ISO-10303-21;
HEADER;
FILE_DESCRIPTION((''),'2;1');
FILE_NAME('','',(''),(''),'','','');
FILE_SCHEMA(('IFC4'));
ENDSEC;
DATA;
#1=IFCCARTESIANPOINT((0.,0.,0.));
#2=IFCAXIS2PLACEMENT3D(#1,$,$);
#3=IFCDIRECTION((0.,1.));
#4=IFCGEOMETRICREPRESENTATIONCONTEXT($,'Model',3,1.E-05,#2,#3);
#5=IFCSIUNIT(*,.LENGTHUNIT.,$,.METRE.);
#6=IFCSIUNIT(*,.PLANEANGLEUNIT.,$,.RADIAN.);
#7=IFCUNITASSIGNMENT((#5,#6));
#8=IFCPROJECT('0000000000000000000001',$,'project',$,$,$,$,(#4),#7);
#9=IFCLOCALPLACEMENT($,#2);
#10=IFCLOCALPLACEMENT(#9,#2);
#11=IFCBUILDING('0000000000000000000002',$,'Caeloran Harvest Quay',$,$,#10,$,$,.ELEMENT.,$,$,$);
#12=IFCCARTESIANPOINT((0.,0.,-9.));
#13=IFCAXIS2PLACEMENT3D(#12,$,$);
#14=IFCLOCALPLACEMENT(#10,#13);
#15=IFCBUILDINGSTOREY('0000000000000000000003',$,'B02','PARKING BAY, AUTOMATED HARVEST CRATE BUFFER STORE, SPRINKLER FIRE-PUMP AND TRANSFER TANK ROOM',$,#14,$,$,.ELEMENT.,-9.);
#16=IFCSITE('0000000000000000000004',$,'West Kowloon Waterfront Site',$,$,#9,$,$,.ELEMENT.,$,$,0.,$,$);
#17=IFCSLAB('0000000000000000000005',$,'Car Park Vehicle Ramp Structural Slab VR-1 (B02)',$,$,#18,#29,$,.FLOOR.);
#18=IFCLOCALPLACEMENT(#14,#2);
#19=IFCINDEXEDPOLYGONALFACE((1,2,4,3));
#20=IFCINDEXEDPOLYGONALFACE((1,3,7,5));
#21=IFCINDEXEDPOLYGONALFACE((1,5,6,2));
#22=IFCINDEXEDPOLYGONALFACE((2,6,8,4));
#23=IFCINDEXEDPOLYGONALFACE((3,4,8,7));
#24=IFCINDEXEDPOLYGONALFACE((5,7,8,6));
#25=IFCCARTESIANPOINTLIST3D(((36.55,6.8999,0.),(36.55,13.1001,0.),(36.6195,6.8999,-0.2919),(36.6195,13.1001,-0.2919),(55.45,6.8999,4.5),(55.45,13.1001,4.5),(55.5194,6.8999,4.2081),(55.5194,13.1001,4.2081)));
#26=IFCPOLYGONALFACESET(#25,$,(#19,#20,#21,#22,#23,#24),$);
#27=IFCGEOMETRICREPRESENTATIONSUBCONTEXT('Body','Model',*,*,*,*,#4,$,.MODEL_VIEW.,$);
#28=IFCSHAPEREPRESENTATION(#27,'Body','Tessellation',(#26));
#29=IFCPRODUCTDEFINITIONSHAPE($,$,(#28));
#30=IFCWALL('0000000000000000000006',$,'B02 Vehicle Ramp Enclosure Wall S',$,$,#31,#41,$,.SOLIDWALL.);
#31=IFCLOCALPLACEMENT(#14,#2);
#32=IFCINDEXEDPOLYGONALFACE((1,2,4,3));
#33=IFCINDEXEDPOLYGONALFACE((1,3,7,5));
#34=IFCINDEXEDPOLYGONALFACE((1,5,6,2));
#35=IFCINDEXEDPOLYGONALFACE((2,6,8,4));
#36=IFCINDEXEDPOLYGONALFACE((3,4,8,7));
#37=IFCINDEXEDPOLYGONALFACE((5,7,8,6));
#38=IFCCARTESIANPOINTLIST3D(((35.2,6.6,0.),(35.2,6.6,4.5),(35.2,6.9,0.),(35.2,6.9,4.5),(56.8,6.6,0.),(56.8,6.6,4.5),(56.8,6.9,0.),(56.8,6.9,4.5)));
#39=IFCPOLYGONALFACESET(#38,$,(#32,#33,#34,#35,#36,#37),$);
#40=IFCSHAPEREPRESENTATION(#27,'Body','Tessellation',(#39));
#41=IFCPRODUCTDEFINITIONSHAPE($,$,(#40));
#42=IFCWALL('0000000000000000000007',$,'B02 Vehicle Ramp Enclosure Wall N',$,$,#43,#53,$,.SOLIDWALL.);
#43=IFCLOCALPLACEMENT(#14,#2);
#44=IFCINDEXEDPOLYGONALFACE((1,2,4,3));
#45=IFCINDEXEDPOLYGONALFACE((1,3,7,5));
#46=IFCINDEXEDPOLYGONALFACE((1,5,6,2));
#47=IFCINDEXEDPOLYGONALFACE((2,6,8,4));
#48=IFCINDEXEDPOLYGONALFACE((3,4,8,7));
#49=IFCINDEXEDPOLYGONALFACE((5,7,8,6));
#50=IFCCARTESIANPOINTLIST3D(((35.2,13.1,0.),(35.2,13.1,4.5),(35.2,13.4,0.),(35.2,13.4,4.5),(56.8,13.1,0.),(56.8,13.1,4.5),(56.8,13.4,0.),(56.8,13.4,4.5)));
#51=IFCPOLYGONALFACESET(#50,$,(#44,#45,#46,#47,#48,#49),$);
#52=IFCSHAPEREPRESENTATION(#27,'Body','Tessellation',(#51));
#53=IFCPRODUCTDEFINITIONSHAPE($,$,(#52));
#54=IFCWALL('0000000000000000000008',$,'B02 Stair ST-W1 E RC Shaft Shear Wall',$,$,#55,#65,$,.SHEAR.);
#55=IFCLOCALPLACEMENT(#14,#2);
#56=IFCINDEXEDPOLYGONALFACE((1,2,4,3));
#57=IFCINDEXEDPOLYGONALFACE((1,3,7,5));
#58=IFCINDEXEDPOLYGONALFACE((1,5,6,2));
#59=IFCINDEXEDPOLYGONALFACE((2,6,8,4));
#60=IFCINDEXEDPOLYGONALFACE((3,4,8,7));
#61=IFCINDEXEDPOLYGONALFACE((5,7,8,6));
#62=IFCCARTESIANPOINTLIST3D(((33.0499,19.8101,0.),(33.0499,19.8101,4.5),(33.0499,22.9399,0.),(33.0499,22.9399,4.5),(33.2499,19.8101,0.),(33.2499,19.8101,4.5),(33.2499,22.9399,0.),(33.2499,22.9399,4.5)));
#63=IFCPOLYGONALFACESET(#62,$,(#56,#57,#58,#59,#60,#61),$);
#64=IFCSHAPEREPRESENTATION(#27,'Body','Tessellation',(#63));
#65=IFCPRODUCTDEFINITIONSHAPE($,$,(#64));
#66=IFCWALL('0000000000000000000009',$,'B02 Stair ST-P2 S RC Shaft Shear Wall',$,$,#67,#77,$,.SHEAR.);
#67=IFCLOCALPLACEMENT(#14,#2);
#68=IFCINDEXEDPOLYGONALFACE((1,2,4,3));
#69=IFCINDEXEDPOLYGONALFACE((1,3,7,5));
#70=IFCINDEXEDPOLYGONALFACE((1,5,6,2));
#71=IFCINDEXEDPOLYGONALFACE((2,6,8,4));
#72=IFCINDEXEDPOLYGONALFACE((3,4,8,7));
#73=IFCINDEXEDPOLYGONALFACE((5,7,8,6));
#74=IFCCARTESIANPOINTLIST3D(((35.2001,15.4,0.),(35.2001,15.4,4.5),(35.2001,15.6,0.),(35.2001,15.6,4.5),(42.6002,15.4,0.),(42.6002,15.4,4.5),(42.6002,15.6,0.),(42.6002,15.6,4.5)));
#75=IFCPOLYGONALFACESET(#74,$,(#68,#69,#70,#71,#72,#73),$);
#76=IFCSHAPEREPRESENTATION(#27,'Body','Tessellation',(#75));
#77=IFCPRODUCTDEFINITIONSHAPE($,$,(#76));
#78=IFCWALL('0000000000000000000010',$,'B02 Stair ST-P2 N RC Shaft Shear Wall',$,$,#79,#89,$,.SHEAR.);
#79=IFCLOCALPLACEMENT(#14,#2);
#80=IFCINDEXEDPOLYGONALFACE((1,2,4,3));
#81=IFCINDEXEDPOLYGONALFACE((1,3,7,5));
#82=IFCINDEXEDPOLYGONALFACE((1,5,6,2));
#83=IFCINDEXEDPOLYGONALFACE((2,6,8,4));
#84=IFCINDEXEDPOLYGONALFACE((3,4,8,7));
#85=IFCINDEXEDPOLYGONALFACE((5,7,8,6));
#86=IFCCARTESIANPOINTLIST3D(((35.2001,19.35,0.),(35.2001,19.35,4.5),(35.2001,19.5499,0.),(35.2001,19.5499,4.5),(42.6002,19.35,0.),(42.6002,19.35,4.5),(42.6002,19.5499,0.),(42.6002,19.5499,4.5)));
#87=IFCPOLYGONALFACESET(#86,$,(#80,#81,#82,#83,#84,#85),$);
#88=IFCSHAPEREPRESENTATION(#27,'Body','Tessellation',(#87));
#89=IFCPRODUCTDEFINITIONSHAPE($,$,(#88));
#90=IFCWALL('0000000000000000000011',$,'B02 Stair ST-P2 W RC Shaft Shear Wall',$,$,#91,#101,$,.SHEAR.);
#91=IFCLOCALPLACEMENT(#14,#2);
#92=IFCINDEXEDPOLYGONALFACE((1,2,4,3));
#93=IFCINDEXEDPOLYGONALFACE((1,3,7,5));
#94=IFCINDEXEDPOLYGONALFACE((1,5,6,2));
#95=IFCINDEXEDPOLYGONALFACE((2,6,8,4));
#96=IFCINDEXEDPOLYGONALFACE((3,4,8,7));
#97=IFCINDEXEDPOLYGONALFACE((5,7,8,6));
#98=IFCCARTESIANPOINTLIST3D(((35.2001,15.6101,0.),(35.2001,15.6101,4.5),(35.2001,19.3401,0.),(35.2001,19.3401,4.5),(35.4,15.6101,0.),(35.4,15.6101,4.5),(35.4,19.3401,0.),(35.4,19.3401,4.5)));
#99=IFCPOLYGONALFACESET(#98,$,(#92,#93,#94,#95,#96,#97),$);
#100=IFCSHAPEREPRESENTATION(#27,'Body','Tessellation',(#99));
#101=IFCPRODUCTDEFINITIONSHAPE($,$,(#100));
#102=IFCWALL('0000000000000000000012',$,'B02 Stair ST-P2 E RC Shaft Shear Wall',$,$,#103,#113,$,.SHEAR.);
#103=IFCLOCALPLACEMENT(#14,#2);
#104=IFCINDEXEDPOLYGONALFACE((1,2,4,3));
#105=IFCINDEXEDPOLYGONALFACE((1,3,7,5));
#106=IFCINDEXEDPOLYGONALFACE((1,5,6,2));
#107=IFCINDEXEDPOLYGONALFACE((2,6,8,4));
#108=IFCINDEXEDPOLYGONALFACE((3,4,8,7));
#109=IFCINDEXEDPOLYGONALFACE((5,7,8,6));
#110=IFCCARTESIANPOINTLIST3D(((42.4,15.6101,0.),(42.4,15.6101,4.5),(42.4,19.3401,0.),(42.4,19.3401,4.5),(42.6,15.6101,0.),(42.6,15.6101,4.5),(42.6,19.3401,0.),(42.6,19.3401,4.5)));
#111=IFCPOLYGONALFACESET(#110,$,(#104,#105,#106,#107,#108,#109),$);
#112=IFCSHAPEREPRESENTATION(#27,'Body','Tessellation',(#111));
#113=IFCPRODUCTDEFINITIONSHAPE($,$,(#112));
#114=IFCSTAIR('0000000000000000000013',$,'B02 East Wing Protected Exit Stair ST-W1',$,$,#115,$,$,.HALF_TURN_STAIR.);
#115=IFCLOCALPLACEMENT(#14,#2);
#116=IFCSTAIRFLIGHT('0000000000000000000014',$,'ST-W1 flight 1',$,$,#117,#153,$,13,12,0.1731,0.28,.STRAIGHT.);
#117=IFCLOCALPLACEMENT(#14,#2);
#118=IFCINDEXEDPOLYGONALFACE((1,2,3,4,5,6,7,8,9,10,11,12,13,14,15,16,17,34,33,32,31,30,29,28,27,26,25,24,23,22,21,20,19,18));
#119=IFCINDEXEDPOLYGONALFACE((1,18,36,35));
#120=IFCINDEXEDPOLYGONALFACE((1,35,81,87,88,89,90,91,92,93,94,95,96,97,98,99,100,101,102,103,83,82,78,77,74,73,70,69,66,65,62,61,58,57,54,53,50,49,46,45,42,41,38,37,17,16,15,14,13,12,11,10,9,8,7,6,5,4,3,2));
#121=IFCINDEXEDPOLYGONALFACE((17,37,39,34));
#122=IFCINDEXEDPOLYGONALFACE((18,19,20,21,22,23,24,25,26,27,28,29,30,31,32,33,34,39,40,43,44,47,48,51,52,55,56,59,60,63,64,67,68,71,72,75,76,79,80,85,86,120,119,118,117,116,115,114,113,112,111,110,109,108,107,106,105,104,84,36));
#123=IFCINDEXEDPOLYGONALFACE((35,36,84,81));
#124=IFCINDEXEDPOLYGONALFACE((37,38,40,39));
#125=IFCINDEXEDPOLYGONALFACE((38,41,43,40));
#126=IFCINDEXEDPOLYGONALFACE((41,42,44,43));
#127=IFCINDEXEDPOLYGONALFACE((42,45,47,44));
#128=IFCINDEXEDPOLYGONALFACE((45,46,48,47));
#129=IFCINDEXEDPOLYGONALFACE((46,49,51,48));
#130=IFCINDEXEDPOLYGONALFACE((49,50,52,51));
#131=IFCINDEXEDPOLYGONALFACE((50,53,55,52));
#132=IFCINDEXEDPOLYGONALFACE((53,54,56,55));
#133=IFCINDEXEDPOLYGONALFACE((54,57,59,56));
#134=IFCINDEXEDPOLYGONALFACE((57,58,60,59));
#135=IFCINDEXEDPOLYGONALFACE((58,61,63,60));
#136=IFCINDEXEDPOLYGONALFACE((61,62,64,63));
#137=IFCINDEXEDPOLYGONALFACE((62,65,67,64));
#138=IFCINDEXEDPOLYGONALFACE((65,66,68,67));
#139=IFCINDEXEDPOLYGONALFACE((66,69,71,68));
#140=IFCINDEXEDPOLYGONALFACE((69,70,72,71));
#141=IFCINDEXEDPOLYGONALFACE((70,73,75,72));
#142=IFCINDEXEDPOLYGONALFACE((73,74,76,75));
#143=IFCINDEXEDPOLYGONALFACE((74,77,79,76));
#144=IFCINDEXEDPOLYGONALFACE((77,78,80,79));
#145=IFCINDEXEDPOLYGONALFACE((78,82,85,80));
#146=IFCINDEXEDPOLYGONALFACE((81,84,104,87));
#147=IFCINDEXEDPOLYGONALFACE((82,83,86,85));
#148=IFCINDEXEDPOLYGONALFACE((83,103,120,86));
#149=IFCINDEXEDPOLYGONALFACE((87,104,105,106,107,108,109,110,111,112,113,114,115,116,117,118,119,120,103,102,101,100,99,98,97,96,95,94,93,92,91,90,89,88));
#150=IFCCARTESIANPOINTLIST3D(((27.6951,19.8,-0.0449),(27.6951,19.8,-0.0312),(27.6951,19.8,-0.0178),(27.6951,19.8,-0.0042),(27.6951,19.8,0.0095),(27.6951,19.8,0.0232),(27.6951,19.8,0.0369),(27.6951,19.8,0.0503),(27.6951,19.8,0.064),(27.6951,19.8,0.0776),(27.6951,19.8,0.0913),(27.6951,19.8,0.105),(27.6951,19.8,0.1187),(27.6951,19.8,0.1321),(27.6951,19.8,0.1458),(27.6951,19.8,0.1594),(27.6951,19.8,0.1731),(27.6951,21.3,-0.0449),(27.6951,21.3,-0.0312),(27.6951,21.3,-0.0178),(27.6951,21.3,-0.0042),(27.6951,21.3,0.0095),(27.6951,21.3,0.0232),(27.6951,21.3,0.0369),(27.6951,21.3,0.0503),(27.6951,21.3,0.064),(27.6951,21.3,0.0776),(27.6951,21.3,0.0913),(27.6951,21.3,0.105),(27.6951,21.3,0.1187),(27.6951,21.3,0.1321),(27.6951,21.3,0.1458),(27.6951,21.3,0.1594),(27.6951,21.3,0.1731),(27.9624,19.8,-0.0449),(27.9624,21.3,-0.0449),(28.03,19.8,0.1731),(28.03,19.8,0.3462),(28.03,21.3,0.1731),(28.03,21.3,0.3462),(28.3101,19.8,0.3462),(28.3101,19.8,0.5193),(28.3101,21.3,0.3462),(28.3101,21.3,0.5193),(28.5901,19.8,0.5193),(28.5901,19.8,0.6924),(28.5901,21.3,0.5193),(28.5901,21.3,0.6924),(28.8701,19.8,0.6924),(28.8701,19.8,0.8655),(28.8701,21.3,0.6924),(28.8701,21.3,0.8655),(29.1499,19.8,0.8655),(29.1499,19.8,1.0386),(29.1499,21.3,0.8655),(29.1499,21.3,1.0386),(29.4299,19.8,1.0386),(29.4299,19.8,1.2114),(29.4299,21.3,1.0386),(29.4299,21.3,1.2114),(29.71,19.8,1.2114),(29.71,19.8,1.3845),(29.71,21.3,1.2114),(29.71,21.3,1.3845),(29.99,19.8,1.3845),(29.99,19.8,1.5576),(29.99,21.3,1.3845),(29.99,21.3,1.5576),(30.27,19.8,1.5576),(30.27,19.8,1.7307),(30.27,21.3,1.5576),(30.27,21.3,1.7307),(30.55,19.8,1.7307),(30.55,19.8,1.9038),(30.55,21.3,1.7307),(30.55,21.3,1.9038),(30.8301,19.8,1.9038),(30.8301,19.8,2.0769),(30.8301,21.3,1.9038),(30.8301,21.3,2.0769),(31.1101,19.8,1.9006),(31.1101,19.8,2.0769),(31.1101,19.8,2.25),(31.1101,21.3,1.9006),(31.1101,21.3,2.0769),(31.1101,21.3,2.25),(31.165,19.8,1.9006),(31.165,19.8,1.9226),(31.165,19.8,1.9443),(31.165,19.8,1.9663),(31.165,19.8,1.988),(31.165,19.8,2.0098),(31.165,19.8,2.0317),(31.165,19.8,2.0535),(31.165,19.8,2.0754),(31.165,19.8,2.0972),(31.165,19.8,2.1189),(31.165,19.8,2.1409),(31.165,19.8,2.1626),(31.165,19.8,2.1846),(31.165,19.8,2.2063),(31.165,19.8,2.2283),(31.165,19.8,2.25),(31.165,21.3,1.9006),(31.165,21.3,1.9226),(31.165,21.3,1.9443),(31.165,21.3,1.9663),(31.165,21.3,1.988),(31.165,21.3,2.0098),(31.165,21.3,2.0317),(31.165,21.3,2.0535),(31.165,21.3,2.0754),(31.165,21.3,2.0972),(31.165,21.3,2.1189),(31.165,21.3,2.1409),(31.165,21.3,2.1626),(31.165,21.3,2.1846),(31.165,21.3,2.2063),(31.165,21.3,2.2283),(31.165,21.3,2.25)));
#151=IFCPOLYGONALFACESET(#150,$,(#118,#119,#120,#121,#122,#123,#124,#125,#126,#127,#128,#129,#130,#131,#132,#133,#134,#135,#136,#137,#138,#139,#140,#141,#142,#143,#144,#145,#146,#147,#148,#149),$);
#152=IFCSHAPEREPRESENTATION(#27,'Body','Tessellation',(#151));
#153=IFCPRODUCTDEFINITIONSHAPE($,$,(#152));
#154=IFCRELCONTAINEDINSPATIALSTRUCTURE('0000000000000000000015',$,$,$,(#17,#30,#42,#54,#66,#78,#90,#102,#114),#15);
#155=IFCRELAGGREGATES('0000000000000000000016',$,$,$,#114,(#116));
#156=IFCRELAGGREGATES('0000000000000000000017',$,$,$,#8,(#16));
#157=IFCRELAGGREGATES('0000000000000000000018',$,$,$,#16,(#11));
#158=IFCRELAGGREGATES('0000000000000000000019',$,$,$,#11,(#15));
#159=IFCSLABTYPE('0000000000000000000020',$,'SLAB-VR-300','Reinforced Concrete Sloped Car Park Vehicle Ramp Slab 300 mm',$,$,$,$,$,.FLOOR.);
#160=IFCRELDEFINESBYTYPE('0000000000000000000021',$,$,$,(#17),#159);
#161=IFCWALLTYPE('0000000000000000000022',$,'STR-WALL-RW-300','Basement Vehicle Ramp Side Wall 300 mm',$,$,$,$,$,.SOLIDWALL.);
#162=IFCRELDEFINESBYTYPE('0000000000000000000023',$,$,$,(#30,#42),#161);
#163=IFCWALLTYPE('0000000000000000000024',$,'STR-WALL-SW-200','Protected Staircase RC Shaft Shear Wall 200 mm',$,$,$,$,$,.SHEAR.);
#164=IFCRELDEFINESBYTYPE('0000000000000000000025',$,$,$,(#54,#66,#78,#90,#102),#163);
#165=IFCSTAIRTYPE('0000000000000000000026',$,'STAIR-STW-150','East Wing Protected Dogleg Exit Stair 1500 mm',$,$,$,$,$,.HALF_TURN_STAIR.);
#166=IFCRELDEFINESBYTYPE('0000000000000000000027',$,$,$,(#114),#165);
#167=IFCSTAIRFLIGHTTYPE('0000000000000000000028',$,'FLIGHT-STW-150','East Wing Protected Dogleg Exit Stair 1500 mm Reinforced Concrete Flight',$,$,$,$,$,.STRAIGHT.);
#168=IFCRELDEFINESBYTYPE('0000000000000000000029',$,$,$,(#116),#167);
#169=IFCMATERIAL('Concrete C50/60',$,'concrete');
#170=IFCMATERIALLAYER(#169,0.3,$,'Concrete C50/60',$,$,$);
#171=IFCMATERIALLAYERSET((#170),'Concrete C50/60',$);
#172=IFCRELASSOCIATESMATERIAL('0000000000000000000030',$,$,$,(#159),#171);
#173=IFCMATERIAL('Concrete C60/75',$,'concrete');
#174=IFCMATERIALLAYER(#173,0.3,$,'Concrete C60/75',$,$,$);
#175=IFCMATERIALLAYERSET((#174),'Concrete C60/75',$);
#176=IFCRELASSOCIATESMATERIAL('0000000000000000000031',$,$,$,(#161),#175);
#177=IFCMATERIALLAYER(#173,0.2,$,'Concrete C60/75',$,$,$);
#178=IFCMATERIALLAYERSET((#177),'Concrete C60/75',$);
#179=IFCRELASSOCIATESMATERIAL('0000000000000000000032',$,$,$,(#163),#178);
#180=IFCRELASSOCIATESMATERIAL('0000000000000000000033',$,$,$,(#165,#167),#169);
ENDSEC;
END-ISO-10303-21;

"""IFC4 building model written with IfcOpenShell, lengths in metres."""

from ifc_helpers import new_model, si_unit, direction, frame, frame_2d, origin, place, context, subcontext, project, spatial, polyline, rectangle, outline, extrude, material, layer, layer_set, type_object, element, aggregate, save


model = new_model("IFC4")

# Units and contexts
model_context = context("Model", 3, precision=1e-05, world=origin(), true_north=direction((0.0, 1.0)))
body_context = subcontext(model_context, "Body", "Model", "MODEL_VIEW")
ifc_project = project(units=[si_unit("LENGTHUNIT", "METRE"), si_unit("PLANEANGLEUNIT", "RADIAN")], contexts=[model_context])

# Site, building, storey
site_placement = place(None, origin())
site = spatial("IfcSite", under=ifc_project, at=site_placement, Name="West Kowloon Waterfront Site", CompositionType="ELEMENT", RefElevation=0.0)
building_placement = place(site_placement, origin())
building = spatial("IfcBuilding", under=site, at=building_placement, Name="Caeloran Harvest Quay", CompositionType="ELEMENT")
storey_placement = place(building_placement, frame((0.0, 0.0, -9.0)))
storey = spatial("IfcBuildingStorey", under=building, at=storey_placement, Name="B02", Description="PARKING BAY, AUTOMATED HARVEST CRATE BUFFER STORE, SPRINKLER FIRE-PUMP AND TRANSFER TANK ROOM", CompositionType="ELEMENT", Elevation=-9.0)

# Shared definitions
ifc_material_1 = material(Name="Concrete C60/75", Category="concrete")

# Slab
ifc_material_2 = material(Name="Concrete C50/60", Category="concrete")
ifc_layer_1 = layer(ifc_material_2, 0.3, Name="Concrete C50/60")
ifc_layer_set_1 = layer_set([ifc_layer_1], Name="Concrete C50/60")
slab_type = type_object("IfcSlabType", Name="SLAB-VR-300", Description="Reinforced Concrete Sloped Car Park Vehicle Ramp Slab 300 mm", PredefinedType="FLOOR", material=ifc_layer_set_1)
slab_placement = place(storey_placement, frame((36.55, 6.8999, 0.0), z_axis=(-0.231622, 0.0, 0.972806), x_axis=(0.972806, 0.0, 0.231622)))
element("IfcSlab", 1, at=slab_placement, inside=storey, type_object=slab_type, Name="Car Park Vehicle Ramp Structural Slab VR-1 (B02)", PredefinedType="FLOOR", context=body_context, shape_type="SweptSolid", body=[
    extrude(outline(polyline([(0.0, 0.0), (19.4282, 0.0), (19.4282, 6.2002), (0.0, 6.2002), (0.0, 0.0)])), origin(), (0.0, 0.0, -1.0), 0.3),
])

# Walls
ifc_layer_2 = layer(ifc_material_1, 0.3, Name="Concrete C60/75")
ifc_layer_set_2 = layer_set([ifc_layer_2], Name="Concrete C60/75")
wall_type_1 = type_object("IfcWallType", Name="STR-WALL-RW-300", Description="Basement Vehicle Ramp Side Wall 300 mm", PredefinedType="SOLIDWALL", material=ifc_layer_set_2)
for number, where, z_axis, x_axis, name in (
    (2, (35.2, 6.75, 0.0), (0.0, 0.0, 1.0), (1.0, 0.0, 0.0), "B02 Vehicle Ramp Enclosure Wall S"),
    (3, (35.2, 13.25, 0.0), (0.0, 0.0, 1.0), (1.0, 0.0, 0.0), "B02 Vehicle Ramp Enclosure Wall N"),
):
    element("IfcWall", number, at=place(storey_placement, frame(where, z_axis=z_axis, x_axis=x_axis)), inside=storey, type_object=wall_type_1, Name=name, PredefinedType="SOLIDWALL", context=body_context, shape_type="SweptSolid", body=[
        extrude(rectangle(XDim=21.6001, YDim=0.3, at=frame_2d((10.8, 0.0))), origin(), (0.0, 0.0, 1.0), 4.5),
    ])
ifc_layer_3 = layer(ifc_material_1, 0.2, Name="Concrete C60/75")
ifc_layer_set_3 = layer_set([ifc_layer_3], Name="Concrete C60/75")
wall_type_2 = type_object("IfcWallType", Name="STR-WALL-SW-200", Description="Protected Staircase RC Shaft Shear Wall 200 mm", PredefinedType="SHEAR", material=ifc_layer_set_3)
wall_placement = place(storey_placement, frame((33.1499, 19.8101, 0.0), z_axis=(0.0, 0.0, 1.0), x_axis=(0.0, 1.0, 0.0)))
element("IfcWall", 4, at=wall_placement, inside=storey, type_object=wall_type_2, Name="B02 Stair ST-W1 E RC Shaft Shear Wall", PredefinedType="SHEAR", context=body_context, shape_type="SweptSolid", body=[
    extrude(rectangle(XDim=3.1299, YDim=0.2, at=frame_2d((1.5649, 0.0))), origin(), (0.0, 0.0, 1.0), 4.5),
])
for number, where, z_axis, x_axis, name in (
    (5, (35.2, 15.5, 0.0), (0.0, 0.0, 1.0), (1.0, 0.0, 0.0), "B02 Stair ST-P2 S RC Shaft Shear Wall"),
    (6, (35.2, 19.45, 0.0), (0.0, 0.0, 1.0), (1.0, 0.0, 0.0), "B02 Stair ST-P2 N RC Shaft Shear Wall"),
):
    element("IfcWall", number, at=place(storey_placement, frame(where, z_axis=z_axis, x_axis=x_axis)), inside=storey, type_object=wall_type_2, Name=name, PredefinedType="SHEAR", context=body_context, shape_type="SweptSolid", body=[
        extrude(rectangle(XDim=7.4001, YDim=0.2, at=frame_2d((3.7002, 0.0))), origin(), (0.0, 0.0, 1.0), 4.5),
    ])
for number, where, z_axis, x_axis, name in (
    (7, (35.3, 15.6101, 0.0), (0.0, 0.0, 1.0), (0.0, 1.0, 0.0), "B02 Stair ST-P2 W RC Shaft Shear Wall"),
    (8, (42.5, 15.6101, 0.0), (0.0, 0.0, 1.0), (0.0, 1.0, 0.0), "B02 Stair ST-P2 E RC Shaft Shear Wall"),
):
    element("IfcWall", number, at=place(storey_placement, frame(where, z_axis=z_axis, x_axis=x_axis)), inside=storey, type_object=wall_type_2, Name=name, PredefinedType="SHEAR", context=body_context, shape_type="SweptSolid", body=[
        extrude(rectangle(XDim=3.73, YDim=0.2, at=frame_2d((1.865, 0.0))), origin(), (0.0, 0.0, 1.0), 4.5),
    ])

# Stair, stair flight
stair_type = type_object("IfcStairType", Name="STAIR-STW-150", Description="East Wing Protected Dogleg Exit Stair 1500 mm", PredefinedType="HALF_TURN_STAIR", material=ifc_material_2)
stair_placement = place(storey_placement, origin())
stair = element("IfcStair", 9, at=stair_placement, inside=storey, type_object=stair_type, Name="B02 East Wing Protected Exit Stair ST-W1", PredefinedType="HALF_TURN_STAIR")
stair_flight_type = type_object("IfcStairFlightType", Name="FLIGHT-STW-150", Description="East Wing Protected Dogleg Exit Stair 1500 mm Reinforced Concrete Flight", PredefinedType="STRAIGHT", material=ifc_material_2)
stair_flight_1_placement = place(storey_placement, frame((27.75, 20.55, 0.0), z_axis=(0.0, 0.0, 1.0), x_axis=(1.0, 0.0, 0.0)))
stair_flight_1 = element("IfcStairFlight", 10, at=stair_flight_1_placement, type_object=stair_flight_type, Name="ST-W1 flight 1", NumberOfRisers=13, NumberOfTreads=12, PredefinedType="STRAIGHT", RiserHeight=0.1731, TreadLength=0.28, context=body_context, shape_type="SweptSolid", body=[
    extrude(outline(polyline([(-0.0549, -0.0449), (-0.0549, -0.0312), (-0.0549, -0.0178), (-0.0549, -0.0042), (-0.0549, 0.0095), (-0.0549, 0.0232), (-0.0549, 0.0369), (-0.0549, 0.0503), (-0.0549, 0.064), (-0.0549, 0.0776), (-0.0549, 0.0913), (-0.0549, 0.105), (-0.0549, 0.1187), (-0.0549, 0.1321), (-0.0549, 0.1458), (-0.0549, 0.1594), (-0.0549, 0.1731), (0.28, 0.1731), (0.28, 0.3462), (0.5601, 0.3462), (0.5601, 0.5193), (0.8401, 0.5193), (0.8401, 0.6924), (1.1201, 0.6924), (1.1201, 0.8655), (1.3999, 0.8655), (1.3999, 1.0386), (1.6799, 1.0386), (1.6799, 1.2114), (1.96, 1.2114), (1.96, 1.3845), (2.24, 1.3845), (2.24, 1.5576), (2.52, 1.5576), (2.52, 1.7307), (2.8, 1.7307), (2.8, 1.9038), (3.0801, 1.9038), (3.0801, 2.0769), (3.3601, 2.0769), (3.3601, 2.25), (3.415, 2.25), (3.415, 2.2283), (3.415, 2.2063), (3.415, 2.1846), (3.415, 2.1626), (3.415, 2.1409), (3.415, 2.1189), (3.415, 2.0972), (3.415, 2.0754), (3.415, 2.0535), (3.415, 2.0317), (3.415, 2.0098), (3.415, 1.988), (3.415, 1.9663), (3.415, 1.9443), (3.415, 1.9226), (3.415, 1.9006), (3.3601, 1.9006), (0.2124, -0.0449), (-0.0549, -0.0449)])), frame((0.0, 0.75, 0.0), z_axis=(0.0, -1.0, 0.0), x_axis=(1.0, 0.0, 0.0)), (0.0, 0.0, 1.0), 1.5),
])
aggregate(stair, [stair_flight_1])

save(model, "model.ifc")
